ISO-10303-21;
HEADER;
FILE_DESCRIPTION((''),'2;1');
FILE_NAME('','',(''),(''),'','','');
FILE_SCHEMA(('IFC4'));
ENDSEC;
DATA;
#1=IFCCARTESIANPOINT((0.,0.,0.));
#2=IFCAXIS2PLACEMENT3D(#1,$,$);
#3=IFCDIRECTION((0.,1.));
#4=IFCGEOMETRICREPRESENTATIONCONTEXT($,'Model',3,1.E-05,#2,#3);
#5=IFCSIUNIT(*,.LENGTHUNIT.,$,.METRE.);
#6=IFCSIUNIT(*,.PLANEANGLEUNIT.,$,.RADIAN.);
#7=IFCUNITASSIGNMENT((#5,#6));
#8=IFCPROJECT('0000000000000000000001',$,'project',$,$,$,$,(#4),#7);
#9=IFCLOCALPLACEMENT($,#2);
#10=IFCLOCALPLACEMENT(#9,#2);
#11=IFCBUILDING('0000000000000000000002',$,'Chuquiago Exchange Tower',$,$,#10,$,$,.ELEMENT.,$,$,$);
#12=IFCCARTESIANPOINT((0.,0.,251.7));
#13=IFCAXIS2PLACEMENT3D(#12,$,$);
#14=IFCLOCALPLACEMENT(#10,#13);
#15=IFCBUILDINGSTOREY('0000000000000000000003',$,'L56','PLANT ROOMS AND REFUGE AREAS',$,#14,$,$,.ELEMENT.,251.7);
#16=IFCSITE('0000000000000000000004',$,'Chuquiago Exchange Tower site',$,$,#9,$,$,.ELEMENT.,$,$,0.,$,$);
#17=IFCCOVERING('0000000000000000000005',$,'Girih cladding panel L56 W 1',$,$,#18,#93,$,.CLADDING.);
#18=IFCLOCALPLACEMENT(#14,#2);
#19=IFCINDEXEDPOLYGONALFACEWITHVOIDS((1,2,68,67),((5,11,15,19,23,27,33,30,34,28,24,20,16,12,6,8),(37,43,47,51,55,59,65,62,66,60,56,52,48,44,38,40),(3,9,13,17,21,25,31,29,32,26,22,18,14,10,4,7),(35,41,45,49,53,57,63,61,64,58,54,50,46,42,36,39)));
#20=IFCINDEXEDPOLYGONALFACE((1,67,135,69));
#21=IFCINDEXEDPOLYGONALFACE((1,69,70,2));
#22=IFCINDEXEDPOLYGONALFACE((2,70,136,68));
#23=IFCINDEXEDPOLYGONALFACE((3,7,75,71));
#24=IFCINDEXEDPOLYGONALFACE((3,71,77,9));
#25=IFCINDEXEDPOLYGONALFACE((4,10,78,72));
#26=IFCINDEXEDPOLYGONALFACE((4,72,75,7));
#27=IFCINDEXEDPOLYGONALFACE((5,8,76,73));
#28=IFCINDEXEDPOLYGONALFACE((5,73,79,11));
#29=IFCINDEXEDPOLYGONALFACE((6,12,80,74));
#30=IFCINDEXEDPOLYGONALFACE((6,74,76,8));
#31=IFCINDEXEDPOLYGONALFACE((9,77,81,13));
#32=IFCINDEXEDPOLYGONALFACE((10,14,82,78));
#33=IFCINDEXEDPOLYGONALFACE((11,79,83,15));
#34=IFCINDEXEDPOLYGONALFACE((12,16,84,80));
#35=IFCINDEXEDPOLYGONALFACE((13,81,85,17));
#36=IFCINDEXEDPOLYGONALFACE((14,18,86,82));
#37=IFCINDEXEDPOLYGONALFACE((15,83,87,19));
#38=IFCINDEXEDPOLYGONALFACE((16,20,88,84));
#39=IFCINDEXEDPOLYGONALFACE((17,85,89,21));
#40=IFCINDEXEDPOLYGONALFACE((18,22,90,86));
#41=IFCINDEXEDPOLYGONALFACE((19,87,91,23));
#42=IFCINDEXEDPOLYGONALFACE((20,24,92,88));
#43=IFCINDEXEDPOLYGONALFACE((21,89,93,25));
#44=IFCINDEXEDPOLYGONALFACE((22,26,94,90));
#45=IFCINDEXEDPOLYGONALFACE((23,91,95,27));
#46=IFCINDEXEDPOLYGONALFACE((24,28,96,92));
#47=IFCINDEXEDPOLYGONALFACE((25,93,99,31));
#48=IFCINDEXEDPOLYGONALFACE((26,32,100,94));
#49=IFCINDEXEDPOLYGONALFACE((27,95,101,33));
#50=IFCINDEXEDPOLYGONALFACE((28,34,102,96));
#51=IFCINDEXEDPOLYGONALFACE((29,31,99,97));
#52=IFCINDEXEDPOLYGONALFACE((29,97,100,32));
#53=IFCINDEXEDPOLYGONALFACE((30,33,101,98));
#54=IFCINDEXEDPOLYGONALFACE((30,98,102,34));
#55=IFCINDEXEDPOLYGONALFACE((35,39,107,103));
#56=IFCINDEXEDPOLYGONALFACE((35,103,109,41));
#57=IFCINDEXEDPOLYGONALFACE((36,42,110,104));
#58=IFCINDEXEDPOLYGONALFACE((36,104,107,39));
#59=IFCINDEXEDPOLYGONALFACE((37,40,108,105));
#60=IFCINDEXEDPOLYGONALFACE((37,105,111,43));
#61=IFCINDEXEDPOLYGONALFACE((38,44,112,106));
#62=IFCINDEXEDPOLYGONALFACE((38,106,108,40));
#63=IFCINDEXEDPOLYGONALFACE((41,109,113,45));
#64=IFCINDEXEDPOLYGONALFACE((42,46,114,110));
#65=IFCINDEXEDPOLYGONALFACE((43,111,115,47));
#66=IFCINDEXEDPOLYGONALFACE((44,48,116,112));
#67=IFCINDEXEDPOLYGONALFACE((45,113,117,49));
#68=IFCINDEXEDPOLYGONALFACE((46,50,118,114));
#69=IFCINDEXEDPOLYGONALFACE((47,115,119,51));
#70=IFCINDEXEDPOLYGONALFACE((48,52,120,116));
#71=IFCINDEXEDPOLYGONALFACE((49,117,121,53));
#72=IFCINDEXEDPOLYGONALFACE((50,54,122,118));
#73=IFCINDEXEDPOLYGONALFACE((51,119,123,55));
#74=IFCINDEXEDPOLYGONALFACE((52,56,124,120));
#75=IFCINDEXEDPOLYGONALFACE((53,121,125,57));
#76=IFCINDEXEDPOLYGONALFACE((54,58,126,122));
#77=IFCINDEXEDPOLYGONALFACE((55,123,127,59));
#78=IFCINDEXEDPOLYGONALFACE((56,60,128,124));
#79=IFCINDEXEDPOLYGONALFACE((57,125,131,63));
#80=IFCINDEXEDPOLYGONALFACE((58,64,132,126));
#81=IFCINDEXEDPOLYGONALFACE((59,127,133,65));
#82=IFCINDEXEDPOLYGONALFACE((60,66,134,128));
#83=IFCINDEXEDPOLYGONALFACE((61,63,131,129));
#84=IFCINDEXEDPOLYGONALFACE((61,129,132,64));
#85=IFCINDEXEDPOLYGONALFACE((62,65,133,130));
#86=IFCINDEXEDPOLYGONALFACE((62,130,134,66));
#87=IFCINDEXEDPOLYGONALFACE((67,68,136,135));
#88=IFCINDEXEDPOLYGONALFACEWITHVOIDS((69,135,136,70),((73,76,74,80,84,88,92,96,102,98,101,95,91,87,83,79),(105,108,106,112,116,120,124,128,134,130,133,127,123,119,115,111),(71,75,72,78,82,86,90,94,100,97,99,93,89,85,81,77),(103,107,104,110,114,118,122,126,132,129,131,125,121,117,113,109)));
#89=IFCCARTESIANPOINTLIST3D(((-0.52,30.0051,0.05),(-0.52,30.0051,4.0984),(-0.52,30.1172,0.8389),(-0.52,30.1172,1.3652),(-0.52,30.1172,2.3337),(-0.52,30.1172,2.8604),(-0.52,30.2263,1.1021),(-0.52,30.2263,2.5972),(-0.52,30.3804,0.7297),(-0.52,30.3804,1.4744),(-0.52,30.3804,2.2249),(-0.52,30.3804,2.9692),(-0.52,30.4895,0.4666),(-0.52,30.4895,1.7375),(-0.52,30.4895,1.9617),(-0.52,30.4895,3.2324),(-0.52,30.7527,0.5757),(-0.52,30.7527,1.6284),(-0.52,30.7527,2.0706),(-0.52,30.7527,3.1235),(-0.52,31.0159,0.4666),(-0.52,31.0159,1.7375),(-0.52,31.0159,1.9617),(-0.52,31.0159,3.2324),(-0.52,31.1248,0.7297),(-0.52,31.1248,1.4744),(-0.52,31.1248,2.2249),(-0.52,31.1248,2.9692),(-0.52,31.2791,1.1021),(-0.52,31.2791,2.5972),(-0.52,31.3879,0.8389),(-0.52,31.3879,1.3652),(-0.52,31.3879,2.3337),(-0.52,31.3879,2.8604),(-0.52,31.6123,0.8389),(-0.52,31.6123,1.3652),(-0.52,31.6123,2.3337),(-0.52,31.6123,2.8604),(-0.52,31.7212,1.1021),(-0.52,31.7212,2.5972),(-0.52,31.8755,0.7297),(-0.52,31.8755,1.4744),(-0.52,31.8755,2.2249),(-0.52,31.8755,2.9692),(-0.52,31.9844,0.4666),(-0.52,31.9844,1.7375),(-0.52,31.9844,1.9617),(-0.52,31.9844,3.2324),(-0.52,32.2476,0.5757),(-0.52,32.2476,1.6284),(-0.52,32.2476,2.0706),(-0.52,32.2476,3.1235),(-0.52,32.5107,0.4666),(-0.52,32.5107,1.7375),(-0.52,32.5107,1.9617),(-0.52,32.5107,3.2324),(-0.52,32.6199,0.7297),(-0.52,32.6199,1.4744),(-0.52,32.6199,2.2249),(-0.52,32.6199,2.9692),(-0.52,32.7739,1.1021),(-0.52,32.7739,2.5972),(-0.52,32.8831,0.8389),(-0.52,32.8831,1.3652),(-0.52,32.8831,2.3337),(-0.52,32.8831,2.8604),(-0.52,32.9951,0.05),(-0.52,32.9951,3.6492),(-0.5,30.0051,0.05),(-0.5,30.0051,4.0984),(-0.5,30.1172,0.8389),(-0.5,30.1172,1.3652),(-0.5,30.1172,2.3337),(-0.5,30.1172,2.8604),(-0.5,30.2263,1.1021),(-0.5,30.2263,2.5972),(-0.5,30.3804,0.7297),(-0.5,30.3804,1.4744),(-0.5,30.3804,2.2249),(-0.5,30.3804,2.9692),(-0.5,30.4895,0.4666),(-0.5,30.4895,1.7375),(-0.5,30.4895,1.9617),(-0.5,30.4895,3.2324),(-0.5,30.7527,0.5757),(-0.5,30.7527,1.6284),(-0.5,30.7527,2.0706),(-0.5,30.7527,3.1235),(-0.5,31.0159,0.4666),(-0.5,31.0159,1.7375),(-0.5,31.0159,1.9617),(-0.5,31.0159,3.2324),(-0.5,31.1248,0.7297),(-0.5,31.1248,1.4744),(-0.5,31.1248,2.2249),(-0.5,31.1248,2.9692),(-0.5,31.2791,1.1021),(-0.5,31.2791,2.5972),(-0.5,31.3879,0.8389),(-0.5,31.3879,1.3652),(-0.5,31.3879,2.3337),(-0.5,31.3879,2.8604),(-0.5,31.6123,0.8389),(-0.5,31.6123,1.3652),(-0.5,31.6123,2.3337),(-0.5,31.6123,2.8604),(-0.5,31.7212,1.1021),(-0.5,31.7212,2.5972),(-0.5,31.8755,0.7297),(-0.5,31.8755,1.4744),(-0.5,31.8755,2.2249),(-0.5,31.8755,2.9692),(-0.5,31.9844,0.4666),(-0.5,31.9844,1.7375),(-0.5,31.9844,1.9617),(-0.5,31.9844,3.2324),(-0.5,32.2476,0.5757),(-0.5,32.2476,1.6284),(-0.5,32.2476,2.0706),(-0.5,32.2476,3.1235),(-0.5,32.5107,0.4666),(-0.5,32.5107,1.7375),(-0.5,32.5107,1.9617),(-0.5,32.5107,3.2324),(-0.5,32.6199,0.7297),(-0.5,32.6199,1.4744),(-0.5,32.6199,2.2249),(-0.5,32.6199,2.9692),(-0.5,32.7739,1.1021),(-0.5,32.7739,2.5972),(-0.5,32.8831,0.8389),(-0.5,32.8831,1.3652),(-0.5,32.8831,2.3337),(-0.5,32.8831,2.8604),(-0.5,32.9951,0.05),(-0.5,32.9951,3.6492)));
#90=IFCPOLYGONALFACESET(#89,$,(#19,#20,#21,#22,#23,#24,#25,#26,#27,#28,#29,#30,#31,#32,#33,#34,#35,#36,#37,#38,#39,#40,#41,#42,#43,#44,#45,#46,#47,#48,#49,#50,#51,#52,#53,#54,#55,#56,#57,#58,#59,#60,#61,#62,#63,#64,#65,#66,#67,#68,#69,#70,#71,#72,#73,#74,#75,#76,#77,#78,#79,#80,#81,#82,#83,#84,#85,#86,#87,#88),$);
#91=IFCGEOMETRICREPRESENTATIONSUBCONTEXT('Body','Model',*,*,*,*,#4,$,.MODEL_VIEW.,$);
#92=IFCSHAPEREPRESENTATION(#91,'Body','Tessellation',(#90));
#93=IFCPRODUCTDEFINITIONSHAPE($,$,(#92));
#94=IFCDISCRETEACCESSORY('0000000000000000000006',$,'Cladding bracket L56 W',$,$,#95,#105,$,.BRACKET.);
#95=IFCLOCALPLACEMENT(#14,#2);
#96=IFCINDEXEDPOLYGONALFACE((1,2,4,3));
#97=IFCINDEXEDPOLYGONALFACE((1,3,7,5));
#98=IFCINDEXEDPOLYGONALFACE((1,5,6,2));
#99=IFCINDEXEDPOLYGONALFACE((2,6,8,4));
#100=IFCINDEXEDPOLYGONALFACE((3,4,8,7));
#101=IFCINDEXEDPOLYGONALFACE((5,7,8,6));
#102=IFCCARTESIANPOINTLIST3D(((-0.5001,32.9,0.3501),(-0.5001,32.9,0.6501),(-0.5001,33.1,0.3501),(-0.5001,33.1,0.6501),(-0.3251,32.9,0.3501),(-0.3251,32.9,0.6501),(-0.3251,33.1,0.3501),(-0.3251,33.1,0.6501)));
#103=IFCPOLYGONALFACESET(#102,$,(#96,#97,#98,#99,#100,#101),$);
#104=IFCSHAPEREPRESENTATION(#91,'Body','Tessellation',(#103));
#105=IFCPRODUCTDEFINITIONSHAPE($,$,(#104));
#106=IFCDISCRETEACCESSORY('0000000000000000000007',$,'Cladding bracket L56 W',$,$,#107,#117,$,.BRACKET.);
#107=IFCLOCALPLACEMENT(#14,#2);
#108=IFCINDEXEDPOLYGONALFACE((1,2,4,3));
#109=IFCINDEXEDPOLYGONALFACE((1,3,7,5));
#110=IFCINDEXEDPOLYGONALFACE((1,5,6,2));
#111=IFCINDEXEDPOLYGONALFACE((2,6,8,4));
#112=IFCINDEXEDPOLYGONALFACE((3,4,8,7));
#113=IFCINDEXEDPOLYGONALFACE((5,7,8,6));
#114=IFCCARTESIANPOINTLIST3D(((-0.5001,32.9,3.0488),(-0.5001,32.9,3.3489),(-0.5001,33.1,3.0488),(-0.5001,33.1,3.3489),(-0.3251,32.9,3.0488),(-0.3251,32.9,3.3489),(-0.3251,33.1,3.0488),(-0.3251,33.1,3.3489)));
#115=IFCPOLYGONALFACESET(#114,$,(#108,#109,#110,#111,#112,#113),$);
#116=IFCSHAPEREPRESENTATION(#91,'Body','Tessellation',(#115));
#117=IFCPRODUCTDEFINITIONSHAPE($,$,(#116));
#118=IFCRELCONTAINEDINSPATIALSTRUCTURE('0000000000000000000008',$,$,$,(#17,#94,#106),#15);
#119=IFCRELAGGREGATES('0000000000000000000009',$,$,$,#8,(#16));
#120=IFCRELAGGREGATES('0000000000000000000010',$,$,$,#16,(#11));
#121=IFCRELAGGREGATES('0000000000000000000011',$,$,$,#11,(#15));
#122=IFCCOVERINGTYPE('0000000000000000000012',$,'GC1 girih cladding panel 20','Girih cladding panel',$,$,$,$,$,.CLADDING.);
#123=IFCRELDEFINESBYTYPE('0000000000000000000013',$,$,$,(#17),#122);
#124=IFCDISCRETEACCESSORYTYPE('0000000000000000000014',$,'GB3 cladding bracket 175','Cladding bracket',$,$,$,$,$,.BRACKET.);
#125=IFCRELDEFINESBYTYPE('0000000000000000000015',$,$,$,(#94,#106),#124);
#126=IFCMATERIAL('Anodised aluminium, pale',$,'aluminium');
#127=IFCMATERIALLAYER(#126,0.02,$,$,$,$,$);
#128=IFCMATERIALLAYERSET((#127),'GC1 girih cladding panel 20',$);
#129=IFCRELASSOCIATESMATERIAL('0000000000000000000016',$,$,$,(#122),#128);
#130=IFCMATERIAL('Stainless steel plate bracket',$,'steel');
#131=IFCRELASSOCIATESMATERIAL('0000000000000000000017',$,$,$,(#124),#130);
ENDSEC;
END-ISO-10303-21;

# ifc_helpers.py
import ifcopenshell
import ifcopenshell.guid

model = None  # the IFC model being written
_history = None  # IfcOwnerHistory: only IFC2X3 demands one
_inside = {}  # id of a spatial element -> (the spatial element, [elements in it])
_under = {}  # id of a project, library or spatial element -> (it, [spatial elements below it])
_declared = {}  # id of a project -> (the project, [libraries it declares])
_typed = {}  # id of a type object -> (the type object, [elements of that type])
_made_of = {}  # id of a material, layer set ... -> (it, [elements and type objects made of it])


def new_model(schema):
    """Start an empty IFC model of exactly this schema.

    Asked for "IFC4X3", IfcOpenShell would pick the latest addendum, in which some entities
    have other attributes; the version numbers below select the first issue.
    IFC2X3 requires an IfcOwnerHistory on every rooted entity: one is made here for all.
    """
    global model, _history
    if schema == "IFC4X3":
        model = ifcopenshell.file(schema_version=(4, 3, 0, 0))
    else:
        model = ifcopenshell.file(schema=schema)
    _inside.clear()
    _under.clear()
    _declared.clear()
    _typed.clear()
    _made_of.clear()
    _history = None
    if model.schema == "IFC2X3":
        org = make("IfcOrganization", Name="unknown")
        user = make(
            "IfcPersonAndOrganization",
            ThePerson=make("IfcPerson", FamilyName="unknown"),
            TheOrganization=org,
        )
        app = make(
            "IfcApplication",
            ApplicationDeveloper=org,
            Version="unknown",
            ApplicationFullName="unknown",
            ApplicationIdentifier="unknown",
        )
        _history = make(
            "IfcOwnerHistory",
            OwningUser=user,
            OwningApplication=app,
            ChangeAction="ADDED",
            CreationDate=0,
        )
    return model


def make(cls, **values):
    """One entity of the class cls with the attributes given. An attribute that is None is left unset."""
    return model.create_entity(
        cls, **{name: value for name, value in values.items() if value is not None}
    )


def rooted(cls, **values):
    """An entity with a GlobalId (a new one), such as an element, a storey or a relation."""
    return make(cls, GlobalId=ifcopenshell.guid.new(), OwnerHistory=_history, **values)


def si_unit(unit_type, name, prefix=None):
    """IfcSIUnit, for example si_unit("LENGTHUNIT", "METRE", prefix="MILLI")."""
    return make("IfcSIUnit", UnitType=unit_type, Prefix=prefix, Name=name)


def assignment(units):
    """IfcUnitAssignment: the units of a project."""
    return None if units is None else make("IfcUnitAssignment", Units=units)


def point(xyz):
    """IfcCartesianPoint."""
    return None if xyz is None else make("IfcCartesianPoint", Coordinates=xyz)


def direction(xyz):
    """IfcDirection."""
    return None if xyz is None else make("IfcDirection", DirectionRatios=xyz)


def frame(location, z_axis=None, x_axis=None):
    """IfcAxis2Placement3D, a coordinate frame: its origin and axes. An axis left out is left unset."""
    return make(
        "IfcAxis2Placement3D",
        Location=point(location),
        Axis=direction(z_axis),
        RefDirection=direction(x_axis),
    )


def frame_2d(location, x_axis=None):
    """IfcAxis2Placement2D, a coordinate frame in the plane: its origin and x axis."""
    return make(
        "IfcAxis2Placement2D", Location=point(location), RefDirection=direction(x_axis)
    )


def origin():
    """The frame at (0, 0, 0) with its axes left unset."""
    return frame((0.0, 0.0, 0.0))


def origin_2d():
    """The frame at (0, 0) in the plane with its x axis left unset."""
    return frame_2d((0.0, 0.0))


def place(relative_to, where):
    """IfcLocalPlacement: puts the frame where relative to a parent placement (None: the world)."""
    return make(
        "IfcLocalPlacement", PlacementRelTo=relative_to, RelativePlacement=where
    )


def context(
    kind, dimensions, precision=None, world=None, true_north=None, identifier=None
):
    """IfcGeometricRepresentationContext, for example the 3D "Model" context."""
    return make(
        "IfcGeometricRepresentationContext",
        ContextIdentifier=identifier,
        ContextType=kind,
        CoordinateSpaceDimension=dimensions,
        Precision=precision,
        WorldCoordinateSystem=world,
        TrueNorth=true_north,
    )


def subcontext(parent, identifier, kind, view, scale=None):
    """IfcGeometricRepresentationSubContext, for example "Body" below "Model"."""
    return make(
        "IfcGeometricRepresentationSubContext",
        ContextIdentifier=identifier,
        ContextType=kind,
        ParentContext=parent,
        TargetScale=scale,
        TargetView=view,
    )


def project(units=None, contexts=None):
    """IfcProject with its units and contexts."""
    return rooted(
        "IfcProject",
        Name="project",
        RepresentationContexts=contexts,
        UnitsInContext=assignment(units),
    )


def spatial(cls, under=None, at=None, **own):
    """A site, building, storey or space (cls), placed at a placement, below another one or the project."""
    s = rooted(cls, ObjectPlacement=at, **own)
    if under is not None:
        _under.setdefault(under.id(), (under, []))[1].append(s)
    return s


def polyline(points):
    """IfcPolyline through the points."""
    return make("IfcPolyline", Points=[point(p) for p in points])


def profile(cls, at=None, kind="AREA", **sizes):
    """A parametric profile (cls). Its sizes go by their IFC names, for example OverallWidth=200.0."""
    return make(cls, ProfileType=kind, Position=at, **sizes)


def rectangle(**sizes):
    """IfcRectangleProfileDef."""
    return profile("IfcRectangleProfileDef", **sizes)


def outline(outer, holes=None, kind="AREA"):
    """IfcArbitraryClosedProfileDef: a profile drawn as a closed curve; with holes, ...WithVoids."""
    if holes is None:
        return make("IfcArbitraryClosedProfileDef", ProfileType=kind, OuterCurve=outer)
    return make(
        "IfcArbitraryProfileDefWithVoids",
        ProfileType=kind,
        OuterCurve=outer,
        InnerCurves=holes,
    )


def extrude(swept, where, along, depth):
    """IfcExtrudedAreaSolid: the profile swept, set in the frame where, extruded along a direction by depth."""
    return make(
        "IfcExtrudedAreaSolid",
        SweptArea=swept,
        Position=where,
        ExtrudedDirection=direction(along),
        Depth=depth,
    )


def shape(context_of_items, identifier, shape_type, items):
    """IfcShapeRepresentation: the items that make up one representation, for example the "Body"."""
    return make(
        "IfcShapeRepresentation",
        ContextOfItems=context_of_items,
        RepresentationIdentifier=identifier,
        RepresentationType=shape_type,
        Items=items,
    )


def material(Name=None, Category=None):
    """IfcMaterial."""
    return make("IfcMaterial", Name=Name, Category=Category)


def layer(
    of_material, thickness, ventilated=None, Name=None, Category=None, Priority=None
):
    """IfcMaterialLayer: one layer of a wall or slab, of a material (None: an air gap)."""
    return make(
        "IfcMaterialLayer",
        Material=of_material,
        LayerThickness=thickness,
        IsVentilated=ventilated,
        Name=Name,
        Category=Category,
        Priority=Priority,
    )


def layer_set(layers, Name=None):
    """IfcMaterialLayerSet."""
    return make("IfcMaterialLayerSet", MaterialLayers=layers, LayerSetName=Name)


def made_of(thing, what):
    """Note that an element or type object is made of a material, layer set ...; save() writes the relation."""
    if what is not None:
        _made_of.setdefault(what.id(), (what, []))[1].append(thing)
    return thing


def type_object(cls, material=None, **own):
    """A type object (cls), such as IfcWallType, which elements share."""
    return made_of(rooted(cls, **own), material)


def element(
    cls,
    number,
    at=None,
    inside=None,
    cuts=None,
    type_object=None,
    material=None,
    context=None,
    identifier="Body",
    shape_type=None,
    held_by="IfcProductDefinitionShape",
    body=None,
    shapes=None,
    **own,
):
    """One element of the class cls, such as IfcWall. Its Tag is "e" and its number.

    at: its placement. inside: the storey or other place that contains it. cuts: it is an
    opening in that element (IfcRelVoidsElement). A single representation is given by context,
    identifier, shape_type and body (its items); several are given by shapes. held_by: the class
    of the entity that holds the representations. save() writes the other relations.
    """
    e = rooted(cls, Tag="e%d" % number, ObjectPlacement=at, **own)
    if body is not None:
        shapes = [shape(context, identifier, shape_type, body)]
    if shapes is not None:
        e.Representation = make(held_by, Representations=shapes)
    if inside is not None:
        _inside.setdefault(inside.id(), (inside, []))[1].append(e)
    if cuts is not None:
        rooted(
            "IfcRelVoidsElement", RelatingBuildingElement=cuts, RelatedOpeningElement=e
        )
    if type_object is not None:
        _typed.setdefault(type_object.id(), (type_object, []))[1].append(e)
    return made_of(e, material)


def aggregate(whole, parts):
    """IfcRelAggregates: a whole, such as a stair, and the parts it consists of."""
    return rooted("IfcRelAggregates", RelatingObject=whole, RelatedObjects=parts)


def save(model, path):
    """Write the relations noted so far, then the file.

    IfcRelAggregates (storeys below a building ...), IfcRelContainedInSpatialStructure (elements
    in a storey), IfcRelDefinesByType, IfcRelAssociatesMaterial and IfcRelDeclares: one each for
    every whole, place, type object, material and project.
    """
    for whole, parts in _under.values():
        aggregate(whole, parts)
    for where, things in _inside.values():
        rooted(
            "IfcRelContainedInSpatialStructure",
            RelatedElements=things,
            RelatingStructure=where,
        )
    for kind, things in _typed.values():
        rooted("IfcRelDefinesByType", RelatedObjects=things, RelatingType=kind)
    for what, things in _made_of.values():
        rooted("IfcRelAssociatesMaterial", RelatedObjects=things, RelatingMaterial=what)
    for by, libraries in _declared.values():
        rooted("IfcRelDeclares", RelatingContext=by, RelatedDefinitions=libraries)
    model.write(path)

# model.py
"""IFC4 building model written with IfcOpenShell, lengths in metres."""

from ifc_helpers import new_model, si_unit, direction, frame, origin, origin_2d, place, context, subcontext, project, spatial, polyline, rectangle, outline, extrude, material, layer, layer_set, type_object, element, save


model = new_model("IFC4")

# Units and contexts
model_context = context("Model", 3, precision=1e-05, world=origin(), true_north=direction((0.0, 1.0)))
body_context = subcontext(model_context, "Body", "Model", "MODEL_VIEW")
ifc_project = project(units=[si_unit("LENGTHUNIT", "METRE"), si_unit("PLANEANGLEUNIT", "RADIAN")], contexts=[model_context])

# Site, building, storey
site_placement = place(None, origin())
site = spatial("IfcSite", under=ifc_project, at=site_placement, Name="Chuquiago Exchange Tower site", CompositionType="ELEMENT", RefElevation=0.0)
building_placement = place(site_placement, origin())
building = spatial("IfcBuilding", under=site, at=building_placement, Name="Chuquiago Exchange Tower", CompositionType="ELEMENT")
storey_placement = place(building_placement, frame((0.0, 0.0, 251.7)))
storey = spatial("IfcBuildingStorey", under=building, at=storey_placement, Name="L56", Description="PLANT ROOMS AND REFUGE AREAS", CompositionType="ELEMENT", Elevation=251.7)

# Covering
ifc_material_1 = material(Name="Anodised aluminium, pale", Category="aluminium")
ifc_layer_1 = layer(ifc_material_1, 0.02)
ifc_layer_set_1 = layer_set([ifc_layer_1], Name="GC1 girih cladding panel 20")
covering_type_1 = type_object("IfcCoveringType", Name="GC1 girih cladding panel 20", Description="Girih cladding panel", PredefinedType="CLADDING", material=ifc_layer_set_1)
covering_1_placement = place(storey_placement, frame((-0.5, 32.9951, 0.05), z_axis=(0.0, 0.0, 1.0), x_axis=(0.0, -1.0, 0.0)))
element("IfcCovering", 1, at=covering_1_placement, inside=storey, type_object=covering_type_1, Name="Girih cladding panel L56 W 1", PredefinedType="CLADDING", context=body_context, shape_type="SweptSolid", body=[
    extrude(outline(polyline([(0.0, 0.0), (2.99, 0.0), (2.99, 4.0483), (0.0, 3.5991), (0.0, 0.0)]), holes=[polyline([(1.2739, 1.052), (1.3828, 1.3152), (1.1196, 1.4243), (1.0107, 1.6875), (0.7476, 1.5784), (0.4844, 1.6875), (0.3752, 1.4243), (0.1121, 1.3152), (0.2212, 1.052), (0.1121, 0.7888), (0.3752, 0.6797), (0.4844, 0.4165), (0.7476, 0.5256), (1.0107, 0.4165), (1.1196, 0.6797), (1.3828, 0.7888), (1.2739, 1.052)]), polyline([(2.7688, 1.052), (2.8779, 1.3152), (2.6147, 1.4243), (2.5056, 1.6875), (2.2424, 1.5784), (1.9792, 1.6875), (1.8704, 1.4243), (1.6072, 1.3152), (1.7161, 1.052), (1.6072, 0.7888), (1.8704, 0.6797), (1.9792, 0.4165), (2.2424, 0.5256), (2.5056, 0.4165), (2.6147, 0.6797), (2.8779, 0.7888), (2.7688, 1.052)]), polyline([(1.2739, 2.5471), (1.3828, 2.8103), (1.1196, 2.9192), (1.0107, 3.1824), (0.7476, 3.0735), (0.4844, 3.1824), (0.3752, 2.9192), (0.1121, 2.8103), (0.2212, 2.5471), (0.1121, 2.2837), (0.3752, 2.1748), (0.4844, 1.9116), (0.7476, 2.0205), (1.0107, 1.9116), (1.1196, 2.1748), (1.3828, 2.2837), (1.2739, 2.5471)]), polyline([(2.7688, 2.5471), (2.8779, 2.8103), (2.6147, 2.9192), (2.5056, 3.1824), (2.2424, 3.0735), (1.9792, 3.1824), (1.8704, 2.9192), (1.6072, 2.8103), (1.7161, 2.5471), (1.6072, 2.2837), (1.8704, 2.1748), (1.9792, 1.9116), (2.2424, 2.0205), (2.5056, 1.9116), (2.6147, 2.1748), (2.8779, 2.2837), (2.7688, 2.5471)])]), frame((0.0, 0.0, 0.0), z_axis=(0.0, -1.0, 0.0), x_axis=(1.0, 0.0, 0.0)), (0.0, 0.0, 1.0), 0.02),
])

# Discrete accessories
ifc_material_2 = material(Name="Stainless steel plate bracket", Category="steel")
discrete_accessory_type = type_object("IfcDiscreteAccessoryType", Name="GB3 cladding bracket 175", Description="Cladding bracket", PredefinedType="BRACKET", material=ifc_material_2)
for number, where, z_axis, x_axis, name in (
    (2, (-0.4126, 33.0, 0.3501), (0.0, 0.0, 1.0), (0.0, -1.0, 0.0), "Cladding bracket L56 W"),
    (3, (-0.4126, 33.0, 3.0488), (0.0, 0.0, 1.0), (0.0, -1.0, 0.0), "Cladding bracket L56 W"),
):
    element("IfcDiscreteAccessory", number, at=place(storey_placement, frame(where, z_axis=z_axis, x_axis=x_axis)), inside=storey, type_object=discrete_accessory_type, Name=name, PredefinedType="BRACKET", context=body_context, shape_type="SweptSolid", body=[
        extrude(rectangle(XDim=0.2, YDim=0.175, at=origin_2d()), origin(), (0.0, 0.0, 1.0), 0.3),
    ])

save(model, "model.ifc")
